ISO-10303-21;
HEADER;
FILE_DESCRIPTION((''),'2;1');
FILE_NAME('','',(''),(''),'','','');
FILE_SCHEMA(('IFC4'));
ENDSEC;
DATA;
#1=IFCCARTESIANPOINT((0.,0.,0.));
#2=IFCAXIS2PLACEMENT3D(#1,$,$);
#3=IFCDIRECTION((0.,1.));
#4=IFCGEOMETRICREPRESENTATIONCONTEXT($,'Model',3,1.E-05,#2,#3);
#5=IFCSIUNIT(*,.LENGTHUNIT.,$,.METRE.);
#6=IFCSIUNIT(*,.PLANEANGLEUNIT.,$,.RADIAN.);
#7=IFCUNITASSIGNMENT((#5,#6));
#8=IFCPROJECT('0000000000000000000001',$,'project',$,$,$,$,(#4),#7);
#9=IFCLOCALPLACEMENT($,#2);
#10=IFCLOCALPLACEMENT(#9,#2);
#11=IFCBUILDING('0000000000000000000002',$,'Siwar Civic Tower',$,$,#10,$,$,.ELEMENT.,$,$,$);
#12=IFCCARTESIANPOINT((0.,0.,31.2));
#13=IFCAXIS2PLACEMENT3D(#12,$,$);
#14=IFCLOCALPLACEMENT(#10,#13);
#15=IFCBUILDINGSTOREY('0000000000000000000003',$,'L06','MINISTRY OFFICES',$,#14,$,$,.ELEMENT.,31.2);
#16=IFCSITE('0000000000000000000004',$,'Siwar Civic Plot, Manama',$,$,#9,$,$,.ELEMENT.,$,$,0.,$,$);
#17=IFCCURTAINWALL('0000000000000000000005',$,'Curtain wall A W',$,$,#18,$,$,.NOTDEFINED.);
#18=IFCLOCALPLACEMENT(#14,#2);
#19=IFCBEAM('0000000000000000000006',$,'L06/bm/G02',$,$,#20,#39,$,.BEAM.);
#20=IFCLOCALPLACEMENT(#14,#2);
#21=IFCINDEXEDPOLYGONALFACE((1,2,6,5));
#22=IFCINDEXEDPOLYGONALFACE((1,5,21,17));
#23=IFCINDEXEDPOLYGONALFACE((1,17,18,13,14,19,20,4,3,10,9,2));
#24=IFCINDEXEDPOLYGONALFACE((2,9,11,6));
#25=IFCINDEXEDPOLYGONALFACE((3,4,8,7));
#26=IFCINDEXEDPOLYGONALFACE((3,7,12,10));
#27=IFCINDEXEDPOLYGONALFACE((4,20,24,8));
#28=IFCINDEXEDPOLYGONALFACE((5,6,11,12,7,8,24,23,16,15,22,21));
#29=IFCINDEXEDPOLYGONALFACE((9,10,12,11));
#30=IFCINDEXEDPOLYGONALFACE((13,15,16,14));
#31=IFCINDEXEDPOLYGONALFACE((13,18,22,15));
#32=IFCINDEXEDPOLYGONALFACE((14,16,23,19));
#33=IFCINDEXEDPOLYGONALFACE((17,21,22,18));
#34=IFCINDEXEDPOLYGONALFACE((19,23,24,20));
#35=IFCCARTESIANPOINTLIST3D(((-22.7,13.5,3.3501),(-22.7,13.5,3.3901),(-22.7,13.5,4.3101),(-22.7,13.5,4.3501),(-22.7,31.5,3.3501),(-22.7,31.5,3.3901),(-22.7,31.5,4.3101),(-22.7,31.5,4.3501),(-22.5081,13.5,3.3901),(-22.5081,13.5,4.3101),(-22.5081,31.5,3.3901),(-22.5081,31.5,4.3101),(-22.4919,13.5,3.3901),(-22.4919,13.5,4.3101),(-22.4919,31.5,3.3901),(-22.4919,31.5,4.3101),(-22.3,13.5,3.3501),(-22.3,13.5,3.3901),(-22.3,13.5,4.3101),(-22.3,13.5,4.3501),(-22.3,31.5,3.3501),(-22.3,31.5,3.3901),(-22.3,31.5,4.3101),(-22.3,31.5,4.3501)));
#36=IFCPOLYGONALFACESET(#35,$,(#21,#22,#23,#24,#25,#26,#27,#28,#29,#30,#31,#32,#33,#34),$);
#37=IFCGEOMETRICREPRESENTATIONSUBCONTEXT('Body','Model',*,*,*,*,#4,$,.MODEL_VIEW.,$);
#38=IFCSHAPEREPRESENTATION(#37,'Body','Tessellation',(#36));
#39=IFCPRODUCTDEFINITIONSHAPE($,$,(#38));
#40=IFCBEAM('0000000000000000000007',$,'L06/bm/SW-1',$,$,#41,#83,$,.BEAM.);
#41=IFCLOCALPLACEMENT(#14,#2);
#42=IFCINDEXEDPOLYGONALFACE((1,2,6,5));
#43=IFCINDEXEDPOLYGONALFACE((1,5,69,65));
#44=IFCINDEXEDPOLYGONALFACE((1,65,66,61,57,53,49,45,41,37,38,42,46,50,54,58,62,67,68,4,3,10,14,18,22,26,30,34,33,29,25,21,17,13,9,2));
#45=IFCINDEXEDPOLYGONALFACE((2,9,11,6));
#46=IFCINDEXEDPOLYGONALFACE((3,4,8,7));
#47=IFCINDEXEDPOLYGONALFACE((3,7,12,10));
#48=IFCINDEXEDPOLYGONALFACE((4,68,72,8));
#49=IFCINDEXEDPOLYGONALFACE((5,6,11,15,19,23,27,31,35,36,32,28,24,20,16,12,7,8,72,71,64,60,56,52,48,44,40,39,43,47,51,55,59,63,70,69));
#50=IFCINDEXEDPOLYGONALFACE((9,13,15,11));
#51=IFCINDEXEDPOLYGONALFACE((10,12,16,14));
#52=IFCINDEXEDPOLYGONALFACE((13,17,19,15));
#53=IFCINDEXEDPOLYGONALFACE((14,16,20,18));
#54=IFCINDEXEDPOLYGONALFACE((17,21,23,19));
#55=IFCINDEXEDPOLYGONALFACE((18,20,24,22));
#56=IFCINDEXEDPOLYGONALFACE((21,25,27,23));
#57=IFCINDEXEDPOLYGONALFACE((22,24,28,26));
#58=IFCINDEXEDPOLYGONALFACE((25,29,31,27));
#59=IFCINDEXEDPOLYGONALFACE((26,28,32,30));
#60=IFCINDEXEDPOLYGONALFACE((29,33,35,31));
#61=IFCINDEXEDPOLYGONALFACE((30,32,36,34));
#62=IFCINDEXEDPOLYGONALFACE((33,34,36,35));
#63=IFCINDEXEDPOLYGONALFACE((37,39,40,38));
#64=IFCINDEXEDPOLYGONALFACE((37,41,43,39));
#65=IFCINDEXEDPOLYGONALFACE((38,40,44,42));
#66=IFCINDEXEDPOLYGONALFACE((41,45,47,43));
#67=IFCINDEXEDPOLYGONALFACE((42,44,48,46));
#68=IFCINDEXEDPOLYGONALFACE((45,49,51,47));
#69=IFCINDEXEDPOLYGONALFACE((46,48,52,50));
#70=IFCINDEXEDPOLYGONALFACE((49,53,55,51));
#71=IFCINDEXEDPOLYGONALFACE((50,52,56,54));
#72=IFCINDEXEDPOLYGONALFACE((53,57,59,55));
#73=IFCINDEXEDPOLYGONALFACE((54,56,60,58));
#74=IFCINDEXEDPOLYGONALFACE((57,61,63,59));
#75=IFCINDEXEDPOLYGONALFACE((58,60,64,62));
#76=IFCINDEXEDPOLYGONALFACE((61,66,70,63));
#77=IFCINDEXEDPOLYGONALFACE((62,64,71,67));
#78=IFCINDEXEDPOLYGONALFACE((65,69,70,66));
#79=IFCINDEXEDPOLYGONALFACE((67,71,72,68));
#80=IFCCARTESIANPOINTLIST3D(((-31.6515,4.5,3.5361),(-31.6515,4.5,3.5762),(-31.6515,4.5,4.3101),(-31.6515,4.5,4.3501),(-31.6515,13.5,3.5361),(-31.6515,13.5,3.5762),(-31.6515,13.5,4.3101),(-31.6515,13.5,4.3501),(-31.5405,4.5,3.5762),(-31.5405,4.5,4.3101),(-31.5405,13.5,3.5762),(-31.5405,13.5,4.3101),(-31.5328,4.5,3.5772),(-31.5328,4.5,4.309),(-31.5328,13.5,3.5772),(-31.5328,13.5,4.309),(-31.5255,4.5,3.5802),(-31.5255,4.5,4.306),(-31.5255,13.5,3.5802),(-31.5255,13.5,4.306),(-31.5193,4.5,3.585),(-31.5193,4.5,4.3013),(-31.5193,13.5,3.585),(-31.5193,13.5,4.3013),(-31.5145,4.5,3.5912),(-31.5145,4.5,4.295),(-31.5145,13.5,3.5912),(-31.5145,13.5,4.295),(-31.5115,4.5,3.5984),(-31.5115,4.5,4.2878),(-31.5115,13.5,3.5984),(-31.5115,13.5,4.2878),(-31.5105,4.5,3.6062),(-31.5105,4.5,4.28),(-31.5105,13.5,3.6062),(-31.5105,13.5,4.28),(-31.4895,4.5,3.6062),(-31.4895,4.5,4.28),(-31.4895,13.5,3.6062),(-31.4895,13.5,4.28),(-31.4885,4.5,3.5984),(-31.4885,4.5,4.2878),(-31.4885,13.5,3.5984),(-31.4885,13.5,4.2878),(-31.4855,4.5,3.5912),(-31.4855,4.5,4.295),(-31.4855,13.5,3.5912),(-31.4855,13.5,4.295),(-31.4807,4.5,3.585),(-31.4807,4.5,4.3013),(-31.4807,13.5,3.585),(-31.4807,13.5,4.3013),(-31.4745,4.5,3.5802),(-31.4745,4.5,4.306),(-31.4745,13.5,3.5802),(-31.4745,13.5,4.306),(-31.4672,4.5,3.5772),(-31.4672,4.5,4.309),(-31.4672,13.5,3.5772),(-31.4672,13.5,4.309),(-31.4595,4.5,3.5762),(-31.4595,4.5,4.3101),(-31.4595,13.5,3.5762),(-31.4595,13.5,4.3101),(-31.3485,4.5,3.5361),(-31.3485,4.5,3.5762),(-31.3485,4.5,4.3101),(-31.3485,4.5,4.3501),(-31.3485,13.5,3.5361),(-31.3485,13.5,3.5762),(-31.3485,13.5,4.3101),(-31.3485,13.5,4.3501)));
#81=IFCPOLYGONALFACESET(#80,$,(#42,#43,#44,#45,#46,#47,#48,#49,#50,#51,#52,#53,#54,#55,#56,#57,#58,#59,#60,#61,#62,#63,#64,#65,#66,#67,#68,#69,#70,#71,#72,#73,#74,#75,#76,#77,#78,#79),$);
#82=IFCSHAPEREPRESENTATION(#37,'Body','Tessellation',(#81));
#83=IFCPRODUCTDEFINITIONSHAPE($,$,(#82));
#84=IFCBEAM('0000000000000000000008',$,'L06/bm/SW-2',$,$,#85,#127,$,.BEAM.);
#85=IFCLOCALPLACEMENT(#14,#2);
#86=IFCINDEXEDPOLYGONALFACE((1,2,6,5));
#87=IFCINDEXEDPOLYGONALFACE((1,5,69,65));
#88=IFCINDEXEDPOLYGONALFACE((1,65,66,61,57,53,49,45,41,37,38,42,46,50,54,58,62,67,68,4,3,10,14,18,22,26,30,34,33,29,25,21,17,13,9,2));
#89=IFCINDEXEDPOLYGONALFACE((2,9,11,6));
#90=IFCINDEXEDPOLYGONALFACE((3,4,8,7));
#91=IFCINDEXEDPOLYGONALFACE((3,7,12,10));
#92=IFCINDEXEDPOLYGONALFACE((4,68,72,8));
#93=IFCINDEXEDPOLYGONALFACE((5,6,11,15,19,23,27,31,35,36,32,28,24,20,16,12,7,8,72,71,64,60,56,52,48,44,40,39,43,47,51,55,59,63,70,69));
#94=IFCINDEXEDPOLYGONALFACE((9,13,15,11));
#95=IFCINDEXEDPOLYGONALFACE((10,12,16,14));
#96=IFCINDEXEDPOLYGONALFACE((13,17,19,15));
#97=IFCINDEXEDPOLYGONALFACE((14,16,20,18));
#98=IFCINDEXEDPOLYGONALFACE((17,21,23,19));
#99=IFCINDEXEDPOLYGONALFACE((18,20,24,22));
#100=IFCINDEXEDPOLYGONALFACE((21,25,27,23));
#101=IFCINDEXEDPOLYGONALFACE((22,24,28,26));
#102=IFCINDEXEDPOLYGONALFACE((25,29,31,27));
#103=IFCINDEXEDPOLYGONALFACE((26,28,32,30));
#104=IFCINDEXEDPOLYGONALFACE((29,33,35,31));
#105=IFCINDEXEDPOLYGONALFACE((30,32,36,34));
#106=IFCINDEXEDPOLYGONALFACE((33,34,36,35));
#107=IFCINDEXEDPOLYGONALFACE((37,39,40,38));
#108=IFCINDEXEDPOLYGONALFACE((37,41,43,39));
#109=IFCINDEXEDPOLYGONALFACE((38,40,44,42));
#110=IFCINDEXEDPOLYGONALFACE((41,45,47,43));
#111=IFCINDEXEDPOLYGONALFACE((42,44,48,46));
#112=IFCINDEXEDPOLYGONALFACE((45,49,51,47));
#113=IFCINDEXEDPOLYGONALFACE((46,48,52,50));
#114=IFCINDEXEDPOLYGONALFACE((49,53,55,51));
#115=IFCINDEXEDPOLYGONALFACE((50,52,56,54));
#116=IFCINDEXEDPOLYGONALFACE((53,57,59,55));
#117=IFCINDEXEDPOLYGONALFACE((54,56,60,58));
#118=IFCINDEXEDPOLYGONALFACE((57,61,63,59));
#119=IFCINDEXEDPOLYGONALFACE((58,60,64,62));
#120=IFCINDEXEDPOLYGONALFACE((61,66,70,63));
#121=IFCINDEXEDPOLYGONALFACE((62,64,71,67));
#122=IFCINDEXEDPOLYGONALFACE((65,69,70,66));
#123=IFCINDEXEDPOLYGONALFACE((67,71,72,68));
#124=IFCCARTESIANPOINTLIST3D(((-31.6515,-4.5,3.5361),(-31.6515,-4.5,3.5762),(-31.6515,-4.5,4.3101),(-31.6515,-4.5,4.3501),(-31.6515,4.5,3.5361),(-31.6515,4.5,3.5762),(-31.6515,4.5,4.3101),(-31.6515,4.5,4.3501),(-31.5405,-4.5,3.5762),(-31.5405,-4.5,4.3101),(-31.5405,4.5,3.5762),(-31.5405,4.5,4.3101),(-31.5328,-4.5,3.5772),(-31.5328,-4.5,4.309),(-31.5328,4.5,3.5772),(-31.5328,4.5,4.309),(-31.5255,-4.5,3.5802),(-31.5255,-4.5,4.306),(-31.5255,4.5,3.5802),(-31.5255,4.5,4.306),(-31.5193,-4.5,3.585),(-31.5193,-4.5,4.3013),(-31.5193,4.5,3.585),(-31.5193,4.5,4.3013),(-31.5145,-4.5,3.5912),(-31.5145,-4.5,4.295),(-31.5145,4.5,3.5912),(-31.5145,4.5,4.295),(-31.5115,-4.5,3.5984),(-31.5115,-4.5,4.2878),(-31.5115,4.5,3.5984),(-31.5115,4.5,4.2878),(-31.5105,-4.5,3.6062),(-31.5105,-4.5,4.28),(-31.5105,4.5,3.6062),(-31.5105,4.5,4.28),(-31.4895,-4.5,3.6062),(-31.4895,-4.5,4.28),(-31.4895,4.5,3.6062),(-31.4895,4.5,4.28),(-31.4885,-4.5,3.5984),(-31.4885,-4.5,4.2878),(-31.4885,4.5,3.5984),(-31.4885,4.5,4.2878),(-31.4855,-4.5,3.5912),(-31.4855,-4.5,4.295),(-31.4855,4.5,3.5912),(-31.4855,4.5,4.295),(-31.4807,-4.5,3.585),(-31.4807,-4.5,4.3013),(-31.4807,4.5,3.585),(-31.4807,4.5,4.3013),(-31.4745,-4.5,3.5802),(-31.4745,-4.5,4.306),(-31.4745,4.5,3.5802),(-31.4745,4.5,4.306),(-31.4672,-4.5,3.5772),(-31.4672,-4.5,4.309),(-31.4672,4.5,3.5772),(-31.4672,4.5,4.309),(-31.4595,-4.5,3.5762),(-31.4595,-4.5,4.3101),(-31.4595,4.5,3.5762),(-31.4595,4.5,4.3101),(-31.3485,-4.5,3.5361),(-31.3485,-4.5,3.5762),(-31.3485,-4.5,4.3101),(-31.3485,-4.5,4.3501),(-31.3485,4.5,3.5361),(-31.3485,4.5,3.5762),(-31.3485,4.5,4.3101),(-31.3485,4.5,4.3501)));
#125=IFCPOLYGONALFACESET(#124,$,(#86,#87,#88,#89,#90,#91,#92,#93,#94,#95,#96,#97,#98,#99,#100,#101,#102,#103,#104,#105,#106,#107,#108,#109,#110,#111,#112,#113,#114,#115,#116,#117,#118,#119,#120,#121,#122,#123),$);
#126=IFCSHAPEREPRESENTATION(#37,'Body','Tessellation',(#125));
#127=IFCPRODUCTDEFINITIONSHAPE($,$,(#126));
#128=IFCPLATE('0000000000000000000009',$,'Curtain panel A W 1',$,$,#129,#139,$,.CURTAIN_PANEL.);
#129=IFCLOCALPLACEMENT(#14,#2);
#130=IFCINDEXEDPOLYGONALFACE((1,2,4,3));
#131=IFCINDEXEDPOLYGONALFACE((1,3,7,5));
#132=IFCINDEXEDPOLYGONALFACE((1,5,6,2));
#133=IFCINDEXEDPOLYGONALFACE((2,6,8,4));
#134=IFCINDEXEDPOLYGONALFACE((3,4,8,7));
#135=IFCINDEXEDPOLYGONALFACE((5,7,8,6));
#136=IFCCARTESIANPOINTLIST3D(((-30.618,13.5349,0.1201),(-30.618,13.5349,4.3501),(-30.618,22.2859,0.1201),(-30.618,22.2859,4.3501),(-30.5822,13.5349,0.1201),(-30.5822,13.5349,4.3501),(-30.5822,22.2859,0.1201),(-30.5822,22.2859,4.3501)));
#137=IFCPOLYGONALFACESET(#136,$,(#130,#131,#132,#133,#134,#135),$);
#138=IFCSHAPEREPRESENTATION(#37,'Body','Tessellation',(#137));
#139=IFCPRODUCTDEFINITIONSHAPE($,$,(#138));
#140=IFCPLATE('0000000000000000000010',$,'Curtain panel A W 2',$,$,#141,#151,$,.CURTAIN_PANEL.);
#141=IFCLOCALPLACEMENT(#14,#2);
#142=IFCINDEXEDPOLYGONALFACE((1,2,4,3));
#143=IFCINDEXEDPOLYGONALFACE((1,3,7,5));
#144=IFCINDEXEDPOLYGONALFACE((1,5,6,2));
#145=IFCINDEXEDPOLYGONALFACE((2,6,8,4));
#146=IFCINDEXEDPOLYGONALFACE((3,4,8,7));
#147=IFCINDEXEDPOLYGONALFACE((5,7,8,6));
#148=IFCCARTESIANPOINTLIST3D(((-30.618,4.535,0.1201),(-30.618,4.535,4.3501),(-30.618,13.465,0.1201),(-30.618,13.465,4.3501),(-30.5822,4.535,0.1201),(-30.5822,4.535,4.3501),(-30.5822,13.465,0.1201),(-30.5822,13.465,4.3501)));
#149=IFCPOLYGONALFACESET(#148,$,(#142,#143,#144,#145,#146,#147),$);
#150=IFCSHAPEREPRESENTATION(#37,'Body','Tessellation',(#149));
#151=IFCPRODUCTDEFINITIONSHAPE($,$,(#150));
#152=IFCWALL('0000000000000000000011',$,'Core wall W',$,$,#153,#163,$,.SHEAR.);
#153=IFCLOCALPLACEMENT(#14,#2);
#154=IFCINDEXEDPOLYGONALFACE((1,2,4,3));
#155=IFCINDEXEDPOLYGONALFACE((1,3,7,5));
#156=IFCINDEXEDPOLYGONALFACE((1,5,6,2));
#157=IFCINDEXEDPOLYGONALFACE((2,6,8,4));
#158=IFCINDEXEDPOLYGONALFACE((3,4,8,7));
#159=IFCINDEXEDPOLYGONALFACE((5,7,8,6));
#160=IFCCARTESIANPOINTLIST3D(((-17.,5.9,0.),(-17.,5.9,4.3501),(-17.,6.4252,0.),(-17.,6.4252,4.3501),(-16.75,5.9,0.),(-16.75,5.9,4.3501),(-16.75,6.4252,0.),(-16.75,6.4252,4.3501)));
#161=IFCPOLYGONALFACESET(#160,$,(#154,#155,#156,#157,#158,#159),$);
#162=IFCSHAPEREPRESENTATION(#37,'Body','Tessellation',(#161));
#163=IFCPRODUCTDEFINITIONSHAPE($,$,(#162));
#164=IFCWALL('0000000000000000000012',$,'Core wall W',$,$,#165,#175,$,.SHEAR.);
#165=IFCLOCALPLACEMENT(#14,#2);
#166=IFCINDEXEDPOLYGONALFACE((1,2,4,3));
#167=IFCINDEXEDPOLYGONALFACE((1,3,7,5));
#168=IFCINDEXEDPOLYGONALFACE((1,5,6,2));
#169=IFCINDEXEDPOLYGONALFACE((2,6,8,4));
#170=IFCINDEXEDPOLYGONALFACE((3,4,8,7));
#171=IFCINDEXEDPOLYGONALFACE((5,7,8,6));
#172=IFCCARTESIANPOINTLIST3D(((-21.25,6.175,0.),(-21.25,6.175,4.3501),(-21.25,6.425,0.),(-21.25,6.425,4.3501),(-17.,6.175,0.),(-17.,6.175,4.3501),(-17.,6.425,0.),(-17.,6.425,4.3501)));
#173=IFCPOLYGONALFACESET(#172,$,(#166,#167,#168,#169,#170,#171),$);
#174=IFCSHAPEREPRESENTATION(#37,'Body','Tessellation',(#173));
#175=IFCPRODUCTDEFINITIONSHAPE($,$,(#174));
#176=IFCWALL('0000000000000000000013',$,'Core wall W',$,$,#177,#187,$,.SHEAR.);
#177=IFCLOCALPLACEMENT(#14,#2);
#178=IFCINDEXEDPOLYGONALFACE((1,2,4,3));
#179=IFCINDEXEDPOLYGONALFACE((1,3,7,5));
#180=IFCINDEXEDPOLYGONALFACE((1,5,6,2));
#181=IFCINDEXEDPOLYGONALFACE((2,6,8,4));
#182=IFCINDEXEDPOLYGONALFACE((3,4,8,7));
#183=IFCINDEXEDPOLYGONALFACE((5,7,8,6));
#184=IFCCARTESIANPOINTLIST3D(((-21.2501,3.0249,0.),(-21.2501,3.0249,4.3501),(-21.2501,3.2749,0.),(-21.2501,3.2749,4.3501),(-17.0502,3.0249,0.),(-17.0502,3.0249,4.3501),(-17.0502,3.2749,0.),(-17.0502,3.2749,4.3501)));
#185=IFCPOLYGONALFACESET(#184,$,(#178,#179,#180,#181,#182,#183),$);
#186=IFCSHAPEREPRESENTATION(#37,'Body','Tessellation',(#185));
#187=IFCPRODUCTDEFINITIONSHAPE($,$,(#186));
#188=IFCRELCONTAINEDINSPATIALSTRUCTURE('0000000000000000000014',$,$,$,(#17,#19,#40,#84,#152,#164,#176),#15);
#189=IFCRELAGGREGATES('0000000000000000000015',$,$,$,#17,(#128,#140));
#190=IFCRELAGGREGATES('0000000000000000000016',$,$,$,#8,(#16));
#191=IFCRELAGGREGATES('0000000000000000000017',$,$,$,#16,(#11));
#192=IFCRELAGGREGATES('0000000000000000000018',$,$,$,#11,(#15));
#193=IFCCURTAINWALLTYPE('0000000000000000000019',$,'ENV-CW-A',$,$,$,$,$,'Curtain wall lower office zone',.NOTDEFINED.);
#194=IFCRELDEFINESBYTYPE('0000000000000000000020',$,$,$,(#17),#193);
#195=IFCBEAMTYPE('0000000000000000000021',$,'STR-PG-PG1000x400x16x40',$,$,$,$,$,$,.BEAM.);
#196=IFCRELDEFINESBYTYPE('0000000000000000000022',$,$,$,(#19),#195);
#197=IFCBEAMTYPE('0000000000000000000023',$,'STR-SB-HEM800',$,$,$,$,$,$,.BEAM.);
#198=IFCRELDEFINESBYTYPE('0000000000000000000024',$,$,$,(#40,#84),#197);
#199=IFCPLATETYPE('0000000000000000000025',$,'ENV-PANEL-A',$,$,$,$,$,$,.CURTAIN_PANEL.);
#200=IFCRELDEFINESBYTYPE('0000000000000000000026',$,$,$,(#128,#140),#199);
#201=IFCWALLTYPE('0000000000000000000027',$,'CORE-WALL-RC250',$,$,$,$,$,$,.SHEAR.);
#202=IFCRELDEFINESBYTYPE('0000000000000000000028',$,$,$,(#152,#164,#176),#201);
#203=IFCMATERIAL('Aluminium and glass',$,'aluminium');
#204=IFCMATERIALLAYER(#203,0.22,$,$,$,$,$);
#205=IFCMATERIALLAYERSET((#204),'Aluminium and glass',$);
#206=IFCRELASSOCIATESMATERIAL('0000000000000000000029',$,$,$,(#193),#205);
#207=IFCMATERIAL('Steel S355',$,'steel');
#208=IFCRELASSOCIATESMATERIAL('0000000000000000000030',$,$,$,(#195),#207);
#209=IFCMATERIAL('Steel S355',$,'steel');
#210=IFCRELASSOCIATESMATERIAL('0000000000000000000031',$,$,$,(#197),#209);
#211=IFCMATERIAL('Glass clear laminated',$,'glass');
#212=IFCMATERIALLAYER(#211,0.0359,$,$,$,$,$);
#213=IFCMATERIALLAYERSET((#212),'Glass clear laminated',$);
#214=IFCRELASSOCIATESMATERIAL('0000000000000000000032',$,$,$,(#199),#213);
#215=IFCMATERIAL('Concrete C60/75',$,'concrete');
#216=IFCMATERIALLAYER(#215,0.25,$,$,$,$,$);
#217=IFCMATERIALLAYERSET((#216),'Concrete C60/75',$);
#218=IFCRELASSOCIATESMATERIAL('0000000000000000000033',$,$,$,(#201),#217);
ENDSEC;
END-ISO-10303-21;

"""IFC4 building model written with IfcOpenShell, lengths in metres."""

from ifc_helpers import new_model, si_unit, direction, frame, frame_2d, origin, origin_2d, place, context, subcontext, project, spatial, rectangle, i_section, extrude, material, layer, layer_set, material_profile, profile_set, type_object, element, aggregate, save


model = new_model("IFC4")

# Units and contexts
model_context = context("Model", 3, precision=1e-05, world=origin(), true_north=direction((0.0, 1.0)))
body_context = subcontext(model_context, "Body", "Model", "MODEL_VIEW")
ifc_project = project(units=[si_unit("LENGTHUNIT", "METRE"), si_unit("PLANEANGLEUNIT", "RADIAN")], contexts=[model_context])

# Site, building, storey
site_placement = place(None, origin())
site = spatial("IfcSite", under=ifc_project, at=site_placement, Name="Siwar Civic Plot, Manama", CompositionType="ELEMENT", RefElevation=0.0)
building_placement = place(site_placement, origin())
building = spatial("IfcBuilding", under=site, at=building_placement, Name="Siwar Civic Tower", CompositionType="ELEMENT")
storey_placement = place(building_placement, frame((0.0, 0.0, 31.2)))
storey = spatial("IfcBuildingStorey", under=building, at=storey_placement, Name="L06", Description="MINISTRY OFFICES", CompositionType="ELEMENT", Elevation=31.2)

# Curtain wall
ifc_material_1 = material(Name="Aluminium and glass", Category="aluminium")
ifc_layer_1 = layer(ifc_material_1, 0.22)
ifc_layer_set_1 = layer_set([ifc_layer_1], Name="Aluminium and glass")
curtain_wall_type = type_object("IfcCurtainWallType", Name="ENV-CW-A", ElementType="Curtain wall lower office zone", PredefinedType="NOTDEFINED", material=ifc_layer_set_1)
curtain_wall_placement = place(storey_placement, origin())
curtain_wall = element("IfcCurtainWall", 1, at=curtain_wall_placement, inside=storey, type_object=curtain_wall_type, Name="Curtain wall A W", PredefinedType="NOTDEFINED")

# Beams
ifc_material_2 = material(Name="Steel S355", Category="steel")
ifc_material_profile_1 = material_profile(ifc_material_2, i_section(OverallWidth=0.3999, OverallDepth=1.0, WebThickness=0.0161, FlangeThickness=0.04, at=origin_2d()), Name="PG1000x400x16x40")
ifc_profile_set_1 = profile_set([ifc_material_profile_1], Name="Steel S355")
beam_type_1 = type_object("IfcBeamType", Name="STR-PG-PG1000x400x16x40", PredefinedType="BEAM", material=ifc_profile_set_1)
beam_1_placement = place(storey_placement, frame((-22.5, 13.5, 3.8501), z_axis=(0.0, 1.0, 0.0), x_axis=(-1.0, 0.0, 0.0)))
element("IfcBeam", 2, at=beam_1_placement, inside=storey, type_object=beam_type_1, Name="L06/bm/G02", PredefinedType="BEAM", context=body_context, shape_type="SweptSolid", body=[
    extrude(i_section(OverallWidth=0.3999, OverallDepth=1.0, WebThickness=0.0161, FlangeThickness=0.04, at=origin_2d()), origin(), (0.0, 0.0, 1.0), 18.0),
])
ifc_material_3 = material(Name="Steel S355", Category="steel")
ifc_material_profile_2 = material_profile(ifc_material_3, i_section(OverallWidth=0.303, OverallDepth=0.814, WebThickness=0.021, FlangeThickness=0.04, FilletRadius=0.03, at=origin_2d()), Name="HEM800")
ifc_profile_set_2 = profile_set([ifc_material_profile_2], Name="Steel S355")
beam_type_2 = type_object("IfcBeamType", Name="STR-SB-HEM800", PredefinedType="BEAM", material=ifc_profile_set_2)
for number, where, z_axis, x_axis, name in (
    (3, (-31.5, 13.5, 3.9431), (0.0, -1.0, 0.0), (1.0, 0.0, 0.0), "L06/bm/SW-1"),
    (4, (-31.5, 4.5, 3.9431), (0.0, -1.0, 0.0), (1.0, 0.0, 0.0), "L06/bm/SW-2"),
):
    element("IfcBeam", number, at=place(storey_placement, frame(where, z_axis=z_axis, x_axis=x_axis)), inside=storey, type_object=beam_type_2, Name=name, PredefinedType="BEAM", context=body_context, shape_type="SweptSolid", body=[
        extrude(i_section(OverallWidth=0.303, OverallDepth=0.814, WebThickness=0.021, FlangeThickness=0.04, FilletRadius=0.03, at=origin_2d()), origin(), (0.0, 0.0, 1.0), 9.0),
    ])

# Plates
ifc_material_4 = material(Name="Glass clear laminated", Category="glass")
ifc_layer_2 = layer(ifc_material_4, 0.0359)
ifc_layer_set_2 = layer_set([ifc_layer_2], Name="Glass clear laminated")
plate_type = type_object("IfcPlateType", Name="ENV-PANEL-A", PredefinedType="CURTAIN_PANEL", material=ifc_layer_set_2)
plate_1_placement = place(storey_placement, frame((-30.6001, 17.9104, 0.1201), z_axis=(0.0, 0.0, 1.0), x_axis=(0.0, -1.0, 0.0)))
plate_1 = element("IfcPlate", 5, at=plate_1_placement, type_object=plate_type, Name="Curtain panel A W 1", PredefinedType="CURTAIN_PANEL", context=body_context, shape_type="SweptSolid", body=[
    extrude(rectangle(XDim=8.751, YDim=0.0359, at=origin_2d()), origin(), (0.0, 0.0, 1.0), 4.23),
])
plate_2_placement = place(storey_placement, frame((-30.6001, 9.0, 0.1201), z_axis=(0.0, 0.0, 1.0), x_axis=(0.0, -1.0, 0.0)))
plate_2 = element("IfcPlate", 6, at=plate_2_placement, type_object=plate_type, Name="Curtain panel A W 2", PredefinedType="CURTAIN_PANEL", context=body_context, shape_type="SweptSolid", body=[
    extrude(rectangle(XDim=8.9299, YDim=0.0359, at=origin_2d()), origin(), (0.0, 0.0, 1.0), 4.23),
])
aggregate(curtain_wall, [plate_1, plate_2])

# Walls
ifc_material_5 = material(Name="Concrete C60/75", Category="concrete")
ifc_layer_3 = layer(ifc_material_5, 0.25)
ifc_layer_set_3 = layer_set([ifc_layer_3], Name="Concrete C60/75")
wall_type_1 = type_object("IfcWallType", Name="CORE-WALL-RC250", PredefinedType="SHEAR", material=ifc_layer_set_3)
wall_1_placement = place(storey_placement, frame((-16.875, 5.8999, 0.0), z_axis=(0.0, 0.0, 1.0), x_axis=(0.0, 1.0, 0.0)))
element("IfcWall", 7, at=wall_1_placement, inside=storey, type_object=wall_type_1, Name="Core wall W", PredefinedType="SHEAR", context=body_context, shape_type="SweptSolid", body=[
    extrude(rectangle(XDim=0.5251, YDim=0.25, at=frame_2d((0.2627, 0.0))), origin(), (0.0, 0.0, 1.0), 4.3501),
])
wall_2_placement = place(storey_placement, frame((-17.0, 6.3, 0.0), z_axis=(0.0, 0.0, 1.0), x_axis=(-1.0, 0.0, 0.0)))
element("IfcWall", 8, at=wall_2_placement, inside=storey, type_object=wall_type_1, Name="Core wall W", PredefinedType="SHEAR", context=body_context, shape_type="SweptSolid", body=[
    extrude(rectangle(XDim=4.25, YDim=0.25, at=frame_2d((2.125, 0.0))), origin(), (0.0, 0.0, 1.0), 4.3501),
])
wall_3_placement = place(storey_placement, frame((-17.05, 3.1499, 0.0), z_axis=(0.0, 0.0, 1.0), x_axis=(-1.0, 0.0, 0.0)))
element("IfcWall", 9, at=wall_3_placement, inside=storey, type_object=wall_type_1, Name="Core wall W", PredefinedType="SHEAR", context=body_context, shape_type="SweptSolid", body=[
    extrude(rectangle(XDim=4.2, YDim=0.25, at=frame_2d((2.1001, 0.0))), origin(), (0.0, 0.0, 1.0), 4.3501),
])

save(model, "model.ifc")
